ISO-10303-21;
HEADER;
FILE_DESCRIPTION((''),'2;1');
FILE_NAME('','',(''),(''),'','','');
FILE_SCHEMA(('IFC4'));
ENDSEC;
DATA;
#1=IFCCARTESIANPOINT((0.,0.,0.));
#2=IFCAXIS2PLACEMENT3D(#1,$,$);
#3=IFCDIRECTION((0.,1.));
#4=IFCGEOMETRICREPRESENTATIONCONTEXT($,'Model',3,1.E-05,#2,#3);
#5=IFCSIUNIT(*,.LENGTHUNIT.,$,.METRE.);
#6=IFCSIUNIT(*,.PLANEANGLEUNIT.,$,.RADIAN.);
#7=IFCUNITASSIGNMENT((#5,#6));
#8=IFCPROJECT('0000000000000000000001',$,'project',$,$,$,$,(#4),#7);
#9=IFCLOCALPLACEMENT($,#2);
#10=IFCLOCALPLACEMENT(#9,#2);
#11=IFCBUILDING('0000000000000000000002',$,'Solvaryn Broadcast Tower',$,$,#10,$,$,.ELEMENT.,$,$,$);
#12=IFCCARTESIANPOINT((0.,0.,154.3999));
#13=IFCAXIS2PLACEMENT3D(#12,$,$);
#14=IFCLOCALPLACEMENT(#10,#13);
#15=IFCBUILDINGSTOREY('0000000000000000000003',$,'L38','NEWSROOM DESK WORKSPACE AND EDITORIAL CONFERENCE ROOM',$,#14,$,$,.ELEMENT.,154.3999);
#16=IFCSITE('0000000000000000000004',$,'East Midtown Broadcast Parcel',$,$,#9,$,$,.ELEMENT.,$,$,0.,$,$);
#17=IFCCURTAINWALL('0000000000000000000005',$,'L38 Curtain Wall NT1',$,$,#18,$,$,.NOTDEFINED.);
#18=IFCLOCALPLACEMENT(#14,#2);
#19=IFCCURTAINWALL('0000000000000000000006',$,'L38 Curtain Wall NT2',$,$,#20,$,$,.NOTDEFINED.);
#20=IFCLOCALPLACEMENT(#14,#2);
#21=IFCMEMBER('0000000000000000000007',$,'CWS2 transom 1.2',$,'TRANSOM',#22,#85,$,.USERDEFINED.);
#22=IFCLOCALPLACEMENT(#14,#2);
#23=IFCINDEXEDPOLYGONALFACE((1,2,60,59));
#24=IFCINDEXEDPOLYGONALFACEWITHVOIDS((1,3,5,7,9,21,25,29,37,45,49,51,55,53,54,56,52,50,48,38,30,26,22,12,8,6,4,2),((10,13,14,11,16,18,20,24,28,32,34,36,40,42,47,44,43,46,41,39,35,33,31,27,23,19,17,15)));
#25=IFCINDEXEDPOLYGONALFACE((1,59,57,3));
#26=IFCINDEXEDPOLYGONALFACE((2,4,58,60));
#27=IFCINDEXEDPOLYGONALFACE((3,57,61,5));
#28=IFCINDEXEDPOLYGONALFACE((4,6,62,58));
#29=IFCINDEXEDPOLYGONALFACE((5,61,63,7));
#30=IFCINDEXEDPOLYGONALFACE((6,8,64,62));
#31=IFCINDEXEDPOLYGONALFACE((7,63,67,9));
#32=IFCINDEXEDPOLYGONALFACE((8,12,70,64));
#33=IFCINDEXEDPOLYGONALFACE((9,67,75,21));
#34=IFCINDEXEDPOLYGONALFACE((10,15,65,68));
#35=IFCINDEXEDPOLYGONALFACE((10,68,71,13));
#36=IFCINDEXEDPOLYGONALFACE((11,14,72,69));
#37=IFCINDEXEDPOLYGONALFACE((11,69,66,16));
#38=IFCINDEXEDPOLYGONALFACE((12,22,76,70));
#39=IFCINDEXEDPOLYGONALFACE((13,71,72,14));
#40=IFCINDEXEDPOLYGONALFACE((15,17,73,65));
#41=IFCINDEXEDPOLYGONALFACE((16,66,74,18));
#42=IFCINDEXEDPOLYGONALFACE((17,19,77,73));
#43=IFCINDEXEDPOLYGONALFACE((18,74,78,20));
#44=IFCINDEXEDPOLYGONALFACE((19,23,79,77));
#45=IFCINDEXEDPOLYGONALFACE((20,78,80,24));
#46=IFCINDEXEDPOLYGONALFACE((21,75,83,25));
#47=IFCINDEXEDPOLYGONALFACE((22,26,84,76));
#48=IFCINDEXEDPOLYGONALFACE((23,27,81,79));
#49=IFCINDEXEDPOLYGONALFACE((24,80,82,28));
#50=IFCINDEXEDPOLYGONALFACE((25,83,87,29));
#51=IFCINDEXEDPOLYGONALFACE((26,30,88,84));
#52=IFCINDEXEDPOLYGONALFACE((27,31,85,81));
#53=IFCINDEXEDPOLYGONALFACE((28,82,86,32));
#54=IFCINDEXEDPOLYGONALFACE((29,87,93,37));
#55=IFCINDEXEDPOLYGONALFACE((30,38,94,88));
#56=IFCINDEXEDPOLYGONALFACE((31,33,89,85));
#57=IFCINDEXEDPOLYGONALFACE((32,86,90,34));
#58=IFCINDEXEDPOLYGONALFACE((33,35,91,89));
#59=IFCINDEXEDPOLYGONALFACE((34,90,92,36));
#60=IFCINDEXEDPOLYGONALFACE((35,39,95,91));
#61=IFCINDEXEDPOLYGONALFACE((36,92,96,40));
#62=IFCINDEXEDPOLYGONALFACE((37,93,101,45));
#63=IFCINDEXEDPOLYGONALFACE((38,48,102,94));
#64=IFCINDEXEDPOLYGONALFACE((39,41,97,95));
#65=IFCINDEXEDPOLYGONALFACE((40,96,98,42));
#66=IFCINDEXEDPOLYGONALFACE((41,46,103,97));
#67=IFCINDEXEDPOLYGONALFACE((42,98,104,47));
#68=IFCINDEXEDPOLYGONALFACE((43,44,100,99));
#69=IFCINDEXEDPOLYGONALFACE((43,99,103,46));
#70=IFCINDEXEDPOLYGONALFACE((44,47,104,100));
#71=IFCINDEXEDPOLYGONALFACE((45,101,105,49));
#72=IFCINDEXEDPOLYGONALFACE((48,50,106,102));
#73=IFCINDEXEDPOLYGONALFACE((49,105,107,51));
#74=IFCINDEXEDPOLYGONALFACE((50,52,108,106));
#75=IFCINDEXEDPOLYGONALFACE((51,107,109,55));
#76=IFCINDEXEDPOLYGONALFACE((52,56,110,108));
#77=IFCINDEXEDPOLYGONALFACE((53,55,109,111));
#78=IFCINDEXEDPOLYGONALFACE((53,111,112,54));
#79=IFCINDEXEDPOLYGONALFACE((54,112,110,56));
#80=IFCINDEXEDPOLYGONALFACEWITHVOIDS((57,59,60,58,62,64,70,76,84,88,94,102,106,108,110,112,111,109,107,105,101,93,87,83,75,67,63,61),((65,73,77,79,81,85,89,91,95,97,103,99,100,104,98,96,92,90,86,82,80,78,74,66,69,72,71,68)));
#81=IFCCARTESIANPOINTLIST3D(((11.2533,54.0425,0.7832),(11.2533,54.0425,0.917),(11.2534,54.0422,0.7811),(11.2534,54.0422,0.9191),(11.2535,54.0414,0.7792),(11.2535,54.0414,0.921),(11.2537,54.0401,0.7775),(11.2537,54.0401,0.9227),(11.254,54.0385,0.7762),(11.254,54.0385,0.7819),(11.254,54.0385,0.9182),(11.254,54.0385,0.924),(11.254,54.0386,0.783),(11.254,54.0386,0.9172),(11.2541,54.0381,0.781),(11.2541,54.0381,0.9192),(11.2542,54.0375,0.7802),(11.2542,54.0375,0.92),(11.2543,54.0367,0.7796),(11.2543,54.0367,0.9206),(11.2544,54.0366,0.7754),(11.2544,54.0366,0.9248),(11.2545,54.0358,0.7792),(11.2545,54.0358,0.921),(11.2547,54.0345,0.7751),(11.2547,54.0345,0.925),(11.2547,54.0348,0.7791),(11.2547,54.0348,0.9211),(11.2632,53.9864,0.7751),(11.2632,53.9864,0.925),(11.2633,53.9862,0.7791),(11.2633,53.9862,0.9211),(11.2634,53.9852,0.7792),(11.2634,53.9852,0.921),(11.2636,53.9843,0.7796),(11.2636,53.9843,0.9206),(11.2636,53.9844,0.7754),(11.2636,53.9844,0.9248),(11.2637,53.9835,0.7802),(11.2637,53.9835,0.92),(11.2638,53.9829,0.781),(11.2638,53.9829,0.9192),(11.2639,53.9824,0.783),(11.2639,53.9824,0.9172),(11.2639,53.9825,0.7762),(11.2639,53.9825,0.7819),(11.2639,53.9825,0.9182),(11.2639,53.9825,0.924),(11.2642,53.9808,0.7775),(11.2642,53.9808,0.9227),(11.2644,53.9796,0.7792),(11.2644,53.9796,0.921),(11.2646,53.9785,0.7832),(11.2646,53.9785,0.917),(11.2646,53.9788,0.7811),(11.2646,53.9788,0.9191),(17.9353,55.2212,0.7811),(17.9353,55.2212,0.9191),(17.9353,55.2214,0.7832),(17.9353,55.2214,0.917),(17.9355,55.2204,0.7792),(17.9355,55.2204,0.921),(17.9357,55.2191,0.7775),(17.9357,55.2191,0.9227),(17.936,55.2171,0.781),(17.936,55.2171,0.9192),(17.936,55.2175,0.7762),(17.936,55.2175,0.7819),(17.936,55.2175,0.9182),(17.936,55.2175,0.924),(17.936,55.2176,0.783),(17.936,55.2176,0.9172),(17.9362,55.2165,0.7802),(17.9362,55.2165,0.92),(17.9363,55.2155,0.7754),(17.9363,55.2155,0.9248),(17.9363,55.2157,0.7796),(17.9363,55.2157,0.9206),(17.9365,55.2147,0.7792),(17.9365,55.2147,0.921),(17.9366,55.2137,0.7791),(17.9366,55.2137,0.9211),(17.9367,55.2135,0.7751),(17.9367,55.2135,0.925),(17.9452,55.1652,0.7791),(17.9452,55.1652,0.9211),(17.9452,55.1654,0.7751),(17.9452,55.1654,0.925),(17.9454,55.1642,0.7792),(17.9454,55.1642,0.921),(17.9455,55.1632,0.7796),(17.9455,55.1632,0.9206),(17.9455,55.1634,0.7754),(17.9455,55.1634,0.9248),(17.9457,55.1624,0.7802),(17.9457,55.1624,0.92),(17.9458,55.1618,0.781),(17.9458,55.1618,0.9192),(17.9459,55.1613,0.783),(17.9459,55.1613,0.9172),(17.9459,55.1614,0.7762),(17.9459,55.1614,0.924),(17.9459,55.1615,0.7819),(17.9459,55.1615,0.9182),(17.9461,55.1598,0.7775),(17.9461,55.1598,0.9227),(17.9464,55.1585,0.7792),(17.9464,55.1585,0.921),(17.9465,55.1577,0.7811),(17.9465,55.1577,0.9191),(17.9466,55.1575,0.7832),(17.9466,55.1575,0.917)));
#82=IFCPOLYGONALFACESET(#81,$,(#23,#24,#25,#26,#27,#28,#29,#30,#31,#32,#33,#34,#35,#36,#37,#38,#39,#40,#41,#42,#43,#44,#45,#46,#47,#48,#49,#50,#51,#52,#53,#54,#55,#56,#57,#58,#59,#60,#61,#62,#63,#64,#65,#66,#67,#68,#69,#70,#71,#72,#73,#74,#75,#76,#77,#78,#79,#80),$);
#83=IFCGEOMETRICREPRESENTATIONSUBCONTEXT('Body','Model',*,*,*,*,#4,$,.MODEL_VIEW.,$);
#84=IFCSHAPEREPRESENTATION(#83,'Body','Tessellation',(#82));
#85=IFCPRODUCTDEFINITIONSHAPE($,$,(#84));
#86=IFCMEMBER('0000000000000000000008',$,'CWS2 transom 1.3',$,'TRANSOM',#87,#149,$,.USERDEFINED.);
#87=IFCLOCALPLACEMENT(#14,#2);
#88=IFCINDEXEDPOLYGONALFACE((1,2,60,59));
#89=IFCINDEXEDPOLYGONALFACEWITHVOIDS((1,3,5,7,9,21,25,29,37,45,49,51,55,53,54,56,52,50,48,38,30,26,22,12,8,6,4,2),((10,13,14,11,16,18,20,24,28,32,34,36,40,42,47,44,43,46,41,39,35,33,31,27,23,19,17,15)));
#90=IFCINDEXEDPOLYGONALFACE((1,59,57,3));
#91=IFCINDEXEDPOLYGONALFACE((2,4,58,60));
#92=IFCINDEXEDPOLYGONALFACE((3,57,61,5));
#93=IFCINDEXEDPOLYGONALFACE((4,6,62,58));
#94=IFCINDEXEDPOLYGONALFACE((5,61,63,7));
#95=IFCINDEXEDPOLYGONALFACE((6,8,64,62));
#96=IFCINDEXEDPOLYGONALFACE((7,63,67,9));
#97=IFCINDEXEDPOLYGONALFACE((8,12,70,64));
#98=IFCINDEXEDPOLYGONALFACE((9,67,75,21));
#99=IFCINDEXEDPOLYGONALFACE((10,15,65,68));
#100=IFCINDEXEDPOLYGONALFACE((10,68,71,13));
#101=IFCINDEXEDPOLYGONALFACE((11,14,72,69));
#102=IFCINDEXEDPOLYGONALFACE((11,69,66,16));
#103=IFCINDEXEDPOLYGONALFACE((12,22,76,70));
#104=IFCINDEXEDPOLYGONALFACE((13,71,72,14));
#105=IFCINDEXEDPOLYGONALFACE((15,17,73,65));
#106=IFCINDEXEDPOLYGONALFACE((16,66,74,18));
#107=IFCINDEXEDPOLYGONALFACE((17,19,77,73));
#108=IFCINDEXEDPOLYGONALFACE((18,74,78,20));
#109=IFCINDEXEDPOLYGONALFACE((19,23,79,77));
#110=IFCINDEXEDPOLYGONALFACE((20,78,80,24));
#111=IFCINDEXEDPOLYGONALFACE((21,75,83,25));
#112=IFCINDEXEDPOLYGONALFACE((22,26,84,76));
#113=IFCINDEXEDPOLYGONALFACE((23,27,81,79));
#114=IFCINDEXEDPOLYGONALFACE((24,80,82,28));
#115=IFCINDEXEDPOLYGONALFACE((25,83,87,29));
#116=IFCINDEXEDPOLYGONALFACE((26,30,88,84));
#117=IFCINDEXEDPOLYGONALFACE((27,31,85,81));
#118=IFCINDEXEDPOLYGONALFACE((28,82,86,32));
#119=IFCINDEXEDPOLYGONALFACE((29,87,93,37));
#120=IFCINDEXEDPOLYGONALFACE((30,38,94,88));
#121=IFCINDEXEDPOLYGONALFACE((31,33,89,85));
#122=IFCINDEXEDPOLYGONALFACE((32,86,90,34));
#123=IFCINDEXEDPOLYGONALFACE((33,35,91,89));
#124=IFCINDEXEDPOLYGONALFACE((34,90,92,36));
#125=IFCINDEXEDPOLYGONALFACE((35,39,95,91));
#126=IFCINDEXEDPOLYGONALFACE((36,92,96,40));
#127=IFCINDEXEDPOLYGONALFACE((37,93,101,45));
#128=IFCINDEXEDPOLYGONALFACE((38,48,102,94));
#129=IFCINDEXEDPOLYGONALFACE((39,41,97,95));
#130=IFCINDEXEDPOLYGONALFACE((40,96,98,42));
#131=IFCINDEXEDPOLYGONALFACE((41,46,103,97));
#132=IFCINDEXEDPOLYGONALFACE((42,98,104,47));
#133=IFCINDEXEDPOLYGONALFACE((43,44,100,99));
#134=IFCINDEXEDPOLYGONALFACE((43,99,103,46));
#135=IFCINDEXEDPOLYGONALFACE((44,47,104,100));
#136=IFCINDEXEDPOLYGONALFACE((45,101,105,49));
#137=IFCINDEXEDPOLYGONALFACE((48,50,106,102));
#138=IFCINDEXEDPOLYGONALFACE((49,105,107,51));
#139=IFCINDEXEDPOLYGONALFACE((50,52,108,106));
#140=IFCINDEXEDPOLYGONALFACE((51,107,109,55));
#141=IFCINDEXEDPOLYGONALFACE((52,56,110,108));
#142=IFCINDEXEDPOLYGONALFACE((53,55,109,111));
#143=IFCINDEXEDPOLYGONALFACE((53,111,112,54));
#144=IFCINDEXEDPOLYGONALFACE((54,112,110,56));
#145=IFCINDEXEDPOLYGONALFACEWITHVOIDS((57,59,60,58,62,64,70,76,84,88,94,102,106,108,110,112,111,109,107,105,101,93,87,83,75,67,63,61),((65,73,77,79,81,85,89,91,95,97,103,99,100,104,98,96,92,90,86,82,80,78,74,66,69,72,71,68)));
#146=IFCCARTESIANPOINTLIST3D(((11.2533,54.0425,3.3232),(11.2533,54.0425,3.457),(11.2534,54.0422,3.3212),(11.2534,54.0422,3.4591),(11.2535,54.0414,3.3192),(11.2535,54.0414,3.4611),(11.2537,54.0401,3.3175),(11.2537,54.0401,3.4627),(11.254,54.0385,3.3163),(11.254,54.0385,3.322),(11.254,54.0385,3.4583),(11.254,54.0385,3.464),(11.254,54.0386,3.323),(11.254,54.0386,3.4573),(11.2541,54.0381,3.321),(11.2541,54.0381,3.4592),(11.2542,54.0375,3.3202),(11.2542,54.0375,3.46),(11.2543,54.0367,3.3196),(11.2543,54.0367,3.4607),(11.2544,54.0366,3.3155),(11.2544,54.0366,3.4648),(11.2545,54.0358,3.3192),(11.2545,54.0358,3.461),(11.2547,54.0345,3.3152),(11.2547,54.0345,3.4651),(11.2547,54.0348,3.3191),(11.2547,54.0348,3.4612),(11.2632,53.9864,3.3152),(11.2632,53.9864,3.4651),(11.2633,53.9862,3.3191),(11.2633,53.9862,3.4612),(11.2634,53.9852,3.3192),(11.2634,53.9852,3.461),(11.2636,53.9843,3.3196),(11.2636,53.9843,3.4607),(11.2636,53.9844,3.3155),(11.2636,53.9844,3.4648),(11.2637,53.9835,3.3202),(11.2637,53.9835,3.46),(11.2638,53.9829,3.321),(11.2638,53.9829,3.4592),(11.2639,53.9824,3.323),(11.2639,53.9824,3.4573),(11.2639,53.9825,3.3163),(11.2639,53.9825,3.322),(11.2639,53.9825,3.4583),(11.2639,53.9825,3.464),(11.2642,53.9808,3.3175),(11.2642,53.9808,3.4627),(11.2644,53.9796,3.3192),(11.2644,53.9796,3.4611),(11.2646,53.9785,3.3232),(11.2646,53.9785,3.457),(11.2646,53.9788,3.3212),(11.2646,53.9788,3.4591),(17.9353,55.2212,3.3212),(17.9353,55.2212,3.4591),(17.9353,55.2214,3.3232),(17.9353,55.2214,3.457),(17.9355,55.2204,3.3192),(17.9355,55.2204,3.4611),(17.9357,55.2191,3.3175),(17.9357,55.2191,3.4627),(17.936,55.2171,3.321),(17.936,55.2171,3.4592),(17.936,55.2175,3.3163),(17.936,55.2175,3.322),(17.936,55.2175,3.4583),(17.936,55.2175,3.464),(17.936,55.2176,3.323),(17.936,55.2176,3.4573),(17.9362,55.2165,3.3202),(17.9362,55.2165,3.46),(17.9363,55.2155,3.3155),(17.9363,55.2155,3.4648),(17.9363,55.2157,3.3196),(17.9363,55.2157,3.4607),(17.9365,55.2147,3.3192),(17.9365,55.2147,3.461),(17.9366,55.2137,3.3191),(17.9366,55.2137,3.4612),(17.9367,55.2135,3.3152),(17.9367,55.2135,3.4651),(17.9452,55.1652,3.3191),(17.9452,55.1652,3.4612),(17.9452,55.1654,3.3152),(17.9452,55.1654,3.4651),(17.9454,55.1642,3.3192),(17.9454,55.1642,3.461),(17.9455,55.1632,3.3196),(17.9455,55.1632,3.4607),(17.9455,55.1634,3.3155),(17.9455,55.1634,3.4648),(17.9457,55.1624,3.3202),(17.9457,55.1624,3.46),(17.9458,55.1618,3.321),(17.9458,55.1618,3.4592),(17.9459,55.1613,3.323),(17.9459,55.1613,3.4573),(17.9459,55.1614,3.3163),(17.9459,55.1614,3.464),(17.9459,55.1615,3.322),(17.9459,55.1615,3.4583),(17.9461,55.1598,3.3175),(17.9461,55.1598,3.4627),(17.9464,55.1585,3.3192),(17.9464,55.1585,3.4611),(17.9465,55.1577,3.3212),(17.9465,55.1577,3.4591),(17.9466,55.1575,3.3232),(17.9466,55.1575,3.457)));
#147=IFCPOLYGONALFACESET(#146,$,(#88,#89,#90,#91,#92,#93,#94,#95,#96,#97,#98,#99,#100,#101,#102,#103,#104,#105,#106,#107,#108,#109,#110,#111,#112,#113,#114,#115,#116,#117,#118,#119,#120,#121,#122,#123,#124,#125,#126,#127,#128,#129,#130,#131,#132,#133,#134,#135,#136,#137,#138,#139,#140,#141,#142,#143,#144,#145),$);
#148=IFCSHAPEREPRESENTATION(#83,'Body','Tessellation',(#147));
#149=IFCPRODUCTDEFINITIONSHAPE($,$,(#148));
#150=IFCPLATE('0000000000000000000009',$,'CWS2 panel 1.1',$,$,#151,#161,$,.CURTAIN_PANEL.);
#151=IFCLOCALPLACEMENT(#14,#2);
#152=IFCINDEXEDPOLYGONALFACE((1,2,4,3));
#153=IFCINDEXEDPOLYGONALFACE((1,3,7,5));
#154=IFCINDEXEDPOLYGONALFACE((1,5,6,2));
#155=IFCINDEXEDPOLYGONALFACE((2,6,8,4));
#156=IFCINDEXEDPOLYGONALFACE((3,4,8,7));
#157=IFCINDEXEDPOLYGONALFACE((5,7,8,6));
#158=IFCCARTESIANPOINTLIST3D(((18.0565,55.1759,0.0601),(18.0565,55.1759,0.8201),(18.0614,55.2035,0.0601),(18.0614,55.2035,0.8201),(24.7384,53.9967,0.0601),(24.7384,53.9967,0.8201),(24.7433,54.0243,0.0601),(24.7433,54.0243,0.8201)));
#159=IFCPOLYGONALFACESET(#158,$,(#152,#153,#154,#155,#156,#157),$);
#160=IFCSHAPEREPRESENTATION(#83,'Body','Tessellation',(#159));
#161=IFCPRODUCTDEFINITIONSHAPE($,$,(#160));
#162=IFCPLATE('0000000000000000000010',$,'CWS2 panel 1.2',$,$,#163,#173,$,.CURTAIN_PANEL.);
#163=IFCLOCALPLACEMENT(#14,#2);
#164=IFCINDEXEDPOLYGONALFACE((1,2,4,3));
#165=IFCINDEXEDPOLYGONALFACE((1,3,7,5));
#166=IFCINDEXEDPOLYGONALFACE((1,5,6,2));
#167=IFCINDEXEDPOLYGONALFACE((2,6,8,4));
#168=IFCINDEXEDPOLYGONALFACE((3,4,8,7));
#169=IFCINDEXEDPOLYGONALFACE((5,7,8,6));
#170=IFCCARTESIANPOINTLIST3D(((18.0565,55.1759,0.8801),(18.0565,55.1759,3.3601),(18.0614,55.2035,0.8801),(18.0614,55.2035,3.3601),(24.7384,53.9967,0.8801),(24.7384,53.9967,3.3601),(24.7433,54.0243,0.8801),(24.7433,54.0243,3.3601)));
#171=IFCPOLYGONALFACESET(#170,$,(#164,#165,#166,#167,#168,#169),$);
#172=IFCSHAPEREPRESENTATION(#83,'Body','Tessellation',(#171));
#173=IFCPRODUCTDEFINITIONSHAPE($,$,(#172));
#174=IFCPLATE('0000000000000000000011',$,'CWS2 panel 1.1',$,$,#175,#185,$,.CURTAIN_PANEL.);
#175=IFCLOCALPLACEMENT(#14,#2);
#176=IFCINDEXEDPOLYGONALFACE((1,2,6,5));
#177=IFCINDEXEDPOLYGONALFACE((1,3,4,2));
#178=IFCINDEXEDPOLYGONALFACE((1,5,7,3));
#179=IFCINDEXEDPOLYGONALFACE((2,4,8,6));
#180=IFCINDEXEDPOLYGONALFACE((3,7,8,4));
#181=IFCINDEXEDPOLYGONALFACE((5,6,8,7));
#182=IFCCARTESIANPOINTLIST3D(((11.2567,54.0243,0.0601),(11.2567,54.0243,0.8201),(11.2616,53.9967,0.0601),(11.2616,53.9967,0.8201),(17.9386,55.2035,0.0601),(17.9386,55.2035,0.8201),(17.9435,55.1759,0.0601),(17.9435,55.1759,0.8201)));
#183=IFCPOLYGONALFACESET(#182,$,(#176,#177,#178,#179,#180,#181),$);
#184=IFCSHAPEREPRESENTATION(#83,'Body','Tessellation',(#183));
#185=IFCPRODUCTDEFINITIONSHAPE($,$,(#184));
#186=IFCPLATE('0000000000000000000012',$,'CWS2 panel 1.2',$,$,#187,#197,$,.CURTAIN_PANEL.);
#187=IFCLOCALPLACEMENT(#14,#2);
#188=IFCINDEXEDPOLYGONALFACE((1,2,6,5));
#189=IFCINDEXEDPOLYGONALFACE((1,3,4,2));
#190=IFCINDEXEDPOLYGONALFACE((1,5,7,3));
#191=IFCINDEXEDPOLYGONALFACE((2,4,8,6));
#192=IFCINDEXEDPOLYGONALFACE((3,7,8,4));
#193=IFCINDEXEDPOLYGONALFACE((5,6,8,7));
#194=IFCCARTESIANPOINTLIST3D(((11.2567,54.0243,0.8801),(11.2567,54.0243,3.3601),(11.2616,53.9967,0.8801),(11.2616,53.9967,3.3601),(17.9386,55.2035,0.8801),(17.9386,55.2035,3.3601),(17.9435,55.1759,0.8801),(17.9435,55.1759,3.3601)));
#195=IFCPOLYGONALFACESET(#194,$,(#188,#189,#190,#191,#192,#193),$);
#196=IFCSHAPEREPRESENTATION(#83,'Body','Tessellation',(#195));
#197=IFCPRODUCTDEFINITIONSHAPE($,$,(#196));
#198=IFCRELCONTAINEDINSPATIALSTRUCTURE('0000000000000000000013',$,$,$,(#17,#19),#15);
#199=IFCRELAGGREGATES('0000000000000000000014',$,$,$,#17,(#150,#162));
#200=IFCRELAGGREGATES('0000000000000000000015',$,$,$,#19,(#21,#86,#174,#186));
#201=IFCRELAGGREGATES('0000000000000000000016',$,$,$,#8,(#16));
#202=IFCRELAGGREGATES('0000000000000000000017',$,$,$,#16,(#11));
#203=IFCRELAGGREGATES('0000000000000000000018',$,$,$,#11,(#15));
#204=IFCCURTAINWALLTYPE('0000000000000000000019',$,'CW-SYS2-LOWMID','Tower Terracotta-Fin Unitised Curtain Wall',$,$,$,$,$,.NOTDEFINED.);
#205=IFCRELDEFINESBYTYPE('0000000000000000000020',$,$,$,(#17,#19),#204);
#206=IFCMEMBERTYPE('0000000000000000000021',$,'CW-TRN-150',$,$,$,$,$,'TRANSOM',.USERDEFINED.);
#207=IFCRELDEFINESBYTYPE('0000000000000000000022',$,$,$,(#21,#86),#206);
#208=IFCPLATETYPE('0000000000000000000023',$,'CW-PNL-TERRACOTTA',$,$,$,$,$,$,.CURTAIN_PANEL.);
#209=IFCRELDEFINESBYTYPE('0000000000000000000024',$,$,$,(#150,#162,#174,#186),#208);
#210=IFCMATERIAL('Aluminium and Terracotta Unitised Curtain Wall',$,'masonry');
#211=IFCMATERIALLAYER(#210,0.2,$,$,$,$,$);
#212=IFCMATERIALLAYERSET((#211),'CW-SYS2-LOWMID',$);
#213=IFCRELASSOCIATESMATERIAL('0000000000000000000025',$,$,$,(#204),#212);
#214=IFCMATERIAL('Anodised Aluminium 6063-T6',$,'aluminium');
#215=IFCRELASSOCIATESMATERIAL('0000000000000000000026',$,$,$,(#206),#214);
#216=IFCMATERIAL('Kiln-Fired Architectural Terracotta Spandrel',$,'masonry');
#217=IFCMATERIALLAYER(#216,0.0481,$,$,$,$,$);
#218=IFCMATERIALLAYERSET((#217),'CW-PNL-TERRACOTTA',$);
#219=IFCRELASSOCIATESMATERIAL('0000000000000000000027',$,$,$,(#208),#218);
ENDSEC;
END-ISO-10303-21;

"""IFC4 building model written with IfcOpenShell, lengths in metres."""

from ifc_helpers import new_model, si_unit, direction, frame, origin, origin_2d, place, context, subcontext, project, spatial, rectangle, hollow_rectangle, extrude, material, layer, layer_set, material_profile, profile_set, type_object, element, aggregate, save


model = new_model("IFC4")

# Units and contexts
model_context = context("Model", 3, precision=1e-05, world=origin(), true_north=direction((0.0, 1.0)))
body_context = subcontext(model_context, "Body", "Model", "MODEL_VIEW")
ifc_project = project(units=[si_unit("LENGTHUNIT", "METRE"), si_unit("PLANEANGLEUNIT", "RADIAN")], contexts=[model_context])

# Site, building, storey
site_placement = place(None, origin())
site = spatial("IfcSite", under=ifc_project, at=site_placement, Name="East Midtown Broadcast Parcel", CompositionType="ELEMENT", RefElevation=0.0)
building_placement = place(site_placement, origin())
building = spatial("IfcBuilding", under=site, at=building_placement, Name="Solvaryn Broadcast Tower", CompositionType="ELEMENT")
storey_placement = place(building_placement, frame((0.0, 0.0, 154.3999)))
storey = spatial("IfcBuildingStorey", under=building, at=storey_placement, Name="L38", Description="NEWSROOM DESK WORKSPACE AND EDITORIAL CONFERENCE ROOM", CompositionType="ELEMENT", Elevation=154.3999)

# Curtain wall
ifc_material_1 = material(Name="Aluminium and Terracotta Unitised Curtain Wall", Category="masonry")
ifc_layer_1 = layer(ifc_material_1, 0.2)
ifc_layer_set_1 = layer_set([ifc_layer_1], Name="CW-SYS2-LOWMID")
curtain_wall_type = type_object("IfcCurtainWallType", Name="CW-SYS2-LOWMID", Description="Tower Terracotta-Fin Unitised Curtain Wall", PredefinedType="NOTDEFINED", material=ifc_layer_set_1)
curtain_wall_1_placement = place(storey_placement, origin())
curtain_wall_1 = element("IfcCurtainWall", 1, at=curtain_wall_1_placement, inside=storey, type_object=curtain_wall_type, Name="L38 Curtain Wall NT1", PredefinedType="NOTDEFINED")

# Curtain wall, members
curtain_wall_2_placement = place(storey_placement, origin())
curtain_wall_2 = element("IfcCurtainWall", 2, at=curtain_wall_2_placement, inside=storey, type_object=curtain_wall_type, Name="L38 Curtain Wall NT2", PredefinedType="NOTDEFINED")
ifc_material_2 = material(Name="Anodised Aluminium 6063-T6", Category="aluminium")
ifc_material_profile_1 = material_profile(ifc_material_2, hollow_rectangle(XDim=0.0649, YDim=0.1499, WallThickness=0.0039, InnerFilletRadius=0.0039, OuterFilletRadius=0.0081, at=origin_2d()))
ifc_profile_set_1 = profile_set([ifc_material_profile_1], Name="Anodised Aluminium 6063-T6")
member_type_1 = type_object("IfcMemberType", Name="CW-TRN-150", ElementType="TRANSOM", PredefinedType="USERDEFINED", material=ifc_profile_set_1)
member_1_placement = place(storey_placement, frame((17.9409, 55.1895, 0.8501), z_axis=(-0.984789, -0.173757, 0.0), x_axis=(0.173757, -0.984789, 0.0)))
member_1 = element("IfcMember", 3, at=member_1_placement, type_object=member_type_1, Name="CWS2 transom 1.2", ObjectType="TRANSOM", PredefinedType="USERDEFINED", context=body_context, shape_type="SweptSolid", body=[
    extrude(hollow_rectangle(XDim=0.0649, YDim=0.1499, WallThickness=0.0039, InnerFilletRadius=0.0039, OuterFilletRadius=0.0081, at=origin_2d()), origin(), (0.0, 0.0, 1.0), 6.7852),
])
member_2_placement = place(storey_placement, frame((17.9409, 55.1895, 3.3901), z_axis=(-0.984789, -0.173757, 0.0), x_axis=(0.173757, -0.984789, 0.0)))
member_2 = element("IfcMember", 4, at=member_2_placement, type_object=member_type_1, Name="CWS2 transom 1.3", ObjectType="TRANSOM", PredefinedType="USERDEFINED", context=body_context, shape_type="SweptSolid", body=[
    extrude(hollow_rectangle(XDim=0.0649, YDim=0.1499, WallThickness=0.0039, InnerFilletRadius=0.0039, OuterFilletRadius=0.0081, at=origin_2d()), origin(), (0.0, 0.0, 1.0), 6.7852),
])

# Plates
ifc_material_3 = material(Name="Kiln-Fired Architectural Terracotta Spandrel", Category="masonry")
ifc_layer_2 = layer(ifc_material_3, 0.0481)
ifc_layer_set_2 = layer_set([ifc_layer_2], Name="CW-PNL-TERRACOTTA")
plate_type = type_object("IfcPlateType", Name="CW-PNL-TERRACOTTA", PredefinedType="CURTAIN_PANEL", material=ifc_layer_set_2)
plate_1_placement = place(storey_placement, frame((21.3999, 54.6001, 0.0601), z_axis=(0.0, 0.0, 1.0), x_axis=(-0.984784, 0.173785, 0.0)))
plate_1 = element("IfcPlate", 5, at=plate_1_placement, type_object=plate_type, Name="CWS2 panel 1.1", PredefinedType="CURTAIN_PANEL", context=body_context, shape_type="SweptSolid", body=[
    extrude(rectangle(XDim=6.7852, YDim=0.0281, at=origin_2d()), origin(), (0.0, 0.0, 1.0), 0.76),
])
plate_2_placement = place(storey_placement, frame((21.3999, 54.6001, 0.8801), z_axis=(0.0, 0.0, 1.0), x_axis=(-0.984784, 0.173785, 0.0)))
plate_2 = element("IfcPlate", 6, at=plate_2_placement, type_object=plate_type, Name="CWS2 panel 1.2", PredefinedType="CURTAIN_PANEL", context=body_context, shape_type="SweptSolid", body=[
    extrude(rectangle(XDim=6.7852, YDim=0.0281, at=origin_2d()), origin(), (0.0, 0.0, 1.0), 2.48),
])
aggregate(curtain_wall_1, [plate_1, plate_2])
plate_3_placement = place(storey_placement, frame((14.6001, 54.6001, 0.0601), z_axis=(0.0, 0.0, 1.0), x_axis=(-0.984784, -0.173785, 0.0)))
plate_3 = element("IfcPlate", 7, at=plate_3_placement, type_object=plate_type, Name="CWS2 panel 1.1", PredefinedType="CURTAIN_PANEL", context=body_context, shape_type="SweptSolid", body=[
    extrude(rectangle(XDim=6.7852, YDim=0.0281, at=origin_2d()), origin(), (0.0, 0.0, 1.0), 0.76),
])
plate_4_placement = place(storey_placement, frame((14.6001, 54.6001, 0.8801), z_axis=(0.0, 0.0, 1.0), x_axis=(-0.984784, -0.173785, 0.0)))
plate_4 = element("IfcPlate", 8, at=plate_4_placement, type_object=plate_type, Name="CWS2 panel 1.2", PredefinedType="CURTAIN_PANEL", context=body_context, shape_type="SweptSolid", body=[
    extrude(rectangle(XDim=6.7852, YDim=0.0281, at=origin_2d()), origin(), (0.0, 0.0, 1.0), 2.48),
])
aggregate(curtain_wall_2, [member_1, member_2, plate_3, plate_4])

save(model, "model.ifc")
